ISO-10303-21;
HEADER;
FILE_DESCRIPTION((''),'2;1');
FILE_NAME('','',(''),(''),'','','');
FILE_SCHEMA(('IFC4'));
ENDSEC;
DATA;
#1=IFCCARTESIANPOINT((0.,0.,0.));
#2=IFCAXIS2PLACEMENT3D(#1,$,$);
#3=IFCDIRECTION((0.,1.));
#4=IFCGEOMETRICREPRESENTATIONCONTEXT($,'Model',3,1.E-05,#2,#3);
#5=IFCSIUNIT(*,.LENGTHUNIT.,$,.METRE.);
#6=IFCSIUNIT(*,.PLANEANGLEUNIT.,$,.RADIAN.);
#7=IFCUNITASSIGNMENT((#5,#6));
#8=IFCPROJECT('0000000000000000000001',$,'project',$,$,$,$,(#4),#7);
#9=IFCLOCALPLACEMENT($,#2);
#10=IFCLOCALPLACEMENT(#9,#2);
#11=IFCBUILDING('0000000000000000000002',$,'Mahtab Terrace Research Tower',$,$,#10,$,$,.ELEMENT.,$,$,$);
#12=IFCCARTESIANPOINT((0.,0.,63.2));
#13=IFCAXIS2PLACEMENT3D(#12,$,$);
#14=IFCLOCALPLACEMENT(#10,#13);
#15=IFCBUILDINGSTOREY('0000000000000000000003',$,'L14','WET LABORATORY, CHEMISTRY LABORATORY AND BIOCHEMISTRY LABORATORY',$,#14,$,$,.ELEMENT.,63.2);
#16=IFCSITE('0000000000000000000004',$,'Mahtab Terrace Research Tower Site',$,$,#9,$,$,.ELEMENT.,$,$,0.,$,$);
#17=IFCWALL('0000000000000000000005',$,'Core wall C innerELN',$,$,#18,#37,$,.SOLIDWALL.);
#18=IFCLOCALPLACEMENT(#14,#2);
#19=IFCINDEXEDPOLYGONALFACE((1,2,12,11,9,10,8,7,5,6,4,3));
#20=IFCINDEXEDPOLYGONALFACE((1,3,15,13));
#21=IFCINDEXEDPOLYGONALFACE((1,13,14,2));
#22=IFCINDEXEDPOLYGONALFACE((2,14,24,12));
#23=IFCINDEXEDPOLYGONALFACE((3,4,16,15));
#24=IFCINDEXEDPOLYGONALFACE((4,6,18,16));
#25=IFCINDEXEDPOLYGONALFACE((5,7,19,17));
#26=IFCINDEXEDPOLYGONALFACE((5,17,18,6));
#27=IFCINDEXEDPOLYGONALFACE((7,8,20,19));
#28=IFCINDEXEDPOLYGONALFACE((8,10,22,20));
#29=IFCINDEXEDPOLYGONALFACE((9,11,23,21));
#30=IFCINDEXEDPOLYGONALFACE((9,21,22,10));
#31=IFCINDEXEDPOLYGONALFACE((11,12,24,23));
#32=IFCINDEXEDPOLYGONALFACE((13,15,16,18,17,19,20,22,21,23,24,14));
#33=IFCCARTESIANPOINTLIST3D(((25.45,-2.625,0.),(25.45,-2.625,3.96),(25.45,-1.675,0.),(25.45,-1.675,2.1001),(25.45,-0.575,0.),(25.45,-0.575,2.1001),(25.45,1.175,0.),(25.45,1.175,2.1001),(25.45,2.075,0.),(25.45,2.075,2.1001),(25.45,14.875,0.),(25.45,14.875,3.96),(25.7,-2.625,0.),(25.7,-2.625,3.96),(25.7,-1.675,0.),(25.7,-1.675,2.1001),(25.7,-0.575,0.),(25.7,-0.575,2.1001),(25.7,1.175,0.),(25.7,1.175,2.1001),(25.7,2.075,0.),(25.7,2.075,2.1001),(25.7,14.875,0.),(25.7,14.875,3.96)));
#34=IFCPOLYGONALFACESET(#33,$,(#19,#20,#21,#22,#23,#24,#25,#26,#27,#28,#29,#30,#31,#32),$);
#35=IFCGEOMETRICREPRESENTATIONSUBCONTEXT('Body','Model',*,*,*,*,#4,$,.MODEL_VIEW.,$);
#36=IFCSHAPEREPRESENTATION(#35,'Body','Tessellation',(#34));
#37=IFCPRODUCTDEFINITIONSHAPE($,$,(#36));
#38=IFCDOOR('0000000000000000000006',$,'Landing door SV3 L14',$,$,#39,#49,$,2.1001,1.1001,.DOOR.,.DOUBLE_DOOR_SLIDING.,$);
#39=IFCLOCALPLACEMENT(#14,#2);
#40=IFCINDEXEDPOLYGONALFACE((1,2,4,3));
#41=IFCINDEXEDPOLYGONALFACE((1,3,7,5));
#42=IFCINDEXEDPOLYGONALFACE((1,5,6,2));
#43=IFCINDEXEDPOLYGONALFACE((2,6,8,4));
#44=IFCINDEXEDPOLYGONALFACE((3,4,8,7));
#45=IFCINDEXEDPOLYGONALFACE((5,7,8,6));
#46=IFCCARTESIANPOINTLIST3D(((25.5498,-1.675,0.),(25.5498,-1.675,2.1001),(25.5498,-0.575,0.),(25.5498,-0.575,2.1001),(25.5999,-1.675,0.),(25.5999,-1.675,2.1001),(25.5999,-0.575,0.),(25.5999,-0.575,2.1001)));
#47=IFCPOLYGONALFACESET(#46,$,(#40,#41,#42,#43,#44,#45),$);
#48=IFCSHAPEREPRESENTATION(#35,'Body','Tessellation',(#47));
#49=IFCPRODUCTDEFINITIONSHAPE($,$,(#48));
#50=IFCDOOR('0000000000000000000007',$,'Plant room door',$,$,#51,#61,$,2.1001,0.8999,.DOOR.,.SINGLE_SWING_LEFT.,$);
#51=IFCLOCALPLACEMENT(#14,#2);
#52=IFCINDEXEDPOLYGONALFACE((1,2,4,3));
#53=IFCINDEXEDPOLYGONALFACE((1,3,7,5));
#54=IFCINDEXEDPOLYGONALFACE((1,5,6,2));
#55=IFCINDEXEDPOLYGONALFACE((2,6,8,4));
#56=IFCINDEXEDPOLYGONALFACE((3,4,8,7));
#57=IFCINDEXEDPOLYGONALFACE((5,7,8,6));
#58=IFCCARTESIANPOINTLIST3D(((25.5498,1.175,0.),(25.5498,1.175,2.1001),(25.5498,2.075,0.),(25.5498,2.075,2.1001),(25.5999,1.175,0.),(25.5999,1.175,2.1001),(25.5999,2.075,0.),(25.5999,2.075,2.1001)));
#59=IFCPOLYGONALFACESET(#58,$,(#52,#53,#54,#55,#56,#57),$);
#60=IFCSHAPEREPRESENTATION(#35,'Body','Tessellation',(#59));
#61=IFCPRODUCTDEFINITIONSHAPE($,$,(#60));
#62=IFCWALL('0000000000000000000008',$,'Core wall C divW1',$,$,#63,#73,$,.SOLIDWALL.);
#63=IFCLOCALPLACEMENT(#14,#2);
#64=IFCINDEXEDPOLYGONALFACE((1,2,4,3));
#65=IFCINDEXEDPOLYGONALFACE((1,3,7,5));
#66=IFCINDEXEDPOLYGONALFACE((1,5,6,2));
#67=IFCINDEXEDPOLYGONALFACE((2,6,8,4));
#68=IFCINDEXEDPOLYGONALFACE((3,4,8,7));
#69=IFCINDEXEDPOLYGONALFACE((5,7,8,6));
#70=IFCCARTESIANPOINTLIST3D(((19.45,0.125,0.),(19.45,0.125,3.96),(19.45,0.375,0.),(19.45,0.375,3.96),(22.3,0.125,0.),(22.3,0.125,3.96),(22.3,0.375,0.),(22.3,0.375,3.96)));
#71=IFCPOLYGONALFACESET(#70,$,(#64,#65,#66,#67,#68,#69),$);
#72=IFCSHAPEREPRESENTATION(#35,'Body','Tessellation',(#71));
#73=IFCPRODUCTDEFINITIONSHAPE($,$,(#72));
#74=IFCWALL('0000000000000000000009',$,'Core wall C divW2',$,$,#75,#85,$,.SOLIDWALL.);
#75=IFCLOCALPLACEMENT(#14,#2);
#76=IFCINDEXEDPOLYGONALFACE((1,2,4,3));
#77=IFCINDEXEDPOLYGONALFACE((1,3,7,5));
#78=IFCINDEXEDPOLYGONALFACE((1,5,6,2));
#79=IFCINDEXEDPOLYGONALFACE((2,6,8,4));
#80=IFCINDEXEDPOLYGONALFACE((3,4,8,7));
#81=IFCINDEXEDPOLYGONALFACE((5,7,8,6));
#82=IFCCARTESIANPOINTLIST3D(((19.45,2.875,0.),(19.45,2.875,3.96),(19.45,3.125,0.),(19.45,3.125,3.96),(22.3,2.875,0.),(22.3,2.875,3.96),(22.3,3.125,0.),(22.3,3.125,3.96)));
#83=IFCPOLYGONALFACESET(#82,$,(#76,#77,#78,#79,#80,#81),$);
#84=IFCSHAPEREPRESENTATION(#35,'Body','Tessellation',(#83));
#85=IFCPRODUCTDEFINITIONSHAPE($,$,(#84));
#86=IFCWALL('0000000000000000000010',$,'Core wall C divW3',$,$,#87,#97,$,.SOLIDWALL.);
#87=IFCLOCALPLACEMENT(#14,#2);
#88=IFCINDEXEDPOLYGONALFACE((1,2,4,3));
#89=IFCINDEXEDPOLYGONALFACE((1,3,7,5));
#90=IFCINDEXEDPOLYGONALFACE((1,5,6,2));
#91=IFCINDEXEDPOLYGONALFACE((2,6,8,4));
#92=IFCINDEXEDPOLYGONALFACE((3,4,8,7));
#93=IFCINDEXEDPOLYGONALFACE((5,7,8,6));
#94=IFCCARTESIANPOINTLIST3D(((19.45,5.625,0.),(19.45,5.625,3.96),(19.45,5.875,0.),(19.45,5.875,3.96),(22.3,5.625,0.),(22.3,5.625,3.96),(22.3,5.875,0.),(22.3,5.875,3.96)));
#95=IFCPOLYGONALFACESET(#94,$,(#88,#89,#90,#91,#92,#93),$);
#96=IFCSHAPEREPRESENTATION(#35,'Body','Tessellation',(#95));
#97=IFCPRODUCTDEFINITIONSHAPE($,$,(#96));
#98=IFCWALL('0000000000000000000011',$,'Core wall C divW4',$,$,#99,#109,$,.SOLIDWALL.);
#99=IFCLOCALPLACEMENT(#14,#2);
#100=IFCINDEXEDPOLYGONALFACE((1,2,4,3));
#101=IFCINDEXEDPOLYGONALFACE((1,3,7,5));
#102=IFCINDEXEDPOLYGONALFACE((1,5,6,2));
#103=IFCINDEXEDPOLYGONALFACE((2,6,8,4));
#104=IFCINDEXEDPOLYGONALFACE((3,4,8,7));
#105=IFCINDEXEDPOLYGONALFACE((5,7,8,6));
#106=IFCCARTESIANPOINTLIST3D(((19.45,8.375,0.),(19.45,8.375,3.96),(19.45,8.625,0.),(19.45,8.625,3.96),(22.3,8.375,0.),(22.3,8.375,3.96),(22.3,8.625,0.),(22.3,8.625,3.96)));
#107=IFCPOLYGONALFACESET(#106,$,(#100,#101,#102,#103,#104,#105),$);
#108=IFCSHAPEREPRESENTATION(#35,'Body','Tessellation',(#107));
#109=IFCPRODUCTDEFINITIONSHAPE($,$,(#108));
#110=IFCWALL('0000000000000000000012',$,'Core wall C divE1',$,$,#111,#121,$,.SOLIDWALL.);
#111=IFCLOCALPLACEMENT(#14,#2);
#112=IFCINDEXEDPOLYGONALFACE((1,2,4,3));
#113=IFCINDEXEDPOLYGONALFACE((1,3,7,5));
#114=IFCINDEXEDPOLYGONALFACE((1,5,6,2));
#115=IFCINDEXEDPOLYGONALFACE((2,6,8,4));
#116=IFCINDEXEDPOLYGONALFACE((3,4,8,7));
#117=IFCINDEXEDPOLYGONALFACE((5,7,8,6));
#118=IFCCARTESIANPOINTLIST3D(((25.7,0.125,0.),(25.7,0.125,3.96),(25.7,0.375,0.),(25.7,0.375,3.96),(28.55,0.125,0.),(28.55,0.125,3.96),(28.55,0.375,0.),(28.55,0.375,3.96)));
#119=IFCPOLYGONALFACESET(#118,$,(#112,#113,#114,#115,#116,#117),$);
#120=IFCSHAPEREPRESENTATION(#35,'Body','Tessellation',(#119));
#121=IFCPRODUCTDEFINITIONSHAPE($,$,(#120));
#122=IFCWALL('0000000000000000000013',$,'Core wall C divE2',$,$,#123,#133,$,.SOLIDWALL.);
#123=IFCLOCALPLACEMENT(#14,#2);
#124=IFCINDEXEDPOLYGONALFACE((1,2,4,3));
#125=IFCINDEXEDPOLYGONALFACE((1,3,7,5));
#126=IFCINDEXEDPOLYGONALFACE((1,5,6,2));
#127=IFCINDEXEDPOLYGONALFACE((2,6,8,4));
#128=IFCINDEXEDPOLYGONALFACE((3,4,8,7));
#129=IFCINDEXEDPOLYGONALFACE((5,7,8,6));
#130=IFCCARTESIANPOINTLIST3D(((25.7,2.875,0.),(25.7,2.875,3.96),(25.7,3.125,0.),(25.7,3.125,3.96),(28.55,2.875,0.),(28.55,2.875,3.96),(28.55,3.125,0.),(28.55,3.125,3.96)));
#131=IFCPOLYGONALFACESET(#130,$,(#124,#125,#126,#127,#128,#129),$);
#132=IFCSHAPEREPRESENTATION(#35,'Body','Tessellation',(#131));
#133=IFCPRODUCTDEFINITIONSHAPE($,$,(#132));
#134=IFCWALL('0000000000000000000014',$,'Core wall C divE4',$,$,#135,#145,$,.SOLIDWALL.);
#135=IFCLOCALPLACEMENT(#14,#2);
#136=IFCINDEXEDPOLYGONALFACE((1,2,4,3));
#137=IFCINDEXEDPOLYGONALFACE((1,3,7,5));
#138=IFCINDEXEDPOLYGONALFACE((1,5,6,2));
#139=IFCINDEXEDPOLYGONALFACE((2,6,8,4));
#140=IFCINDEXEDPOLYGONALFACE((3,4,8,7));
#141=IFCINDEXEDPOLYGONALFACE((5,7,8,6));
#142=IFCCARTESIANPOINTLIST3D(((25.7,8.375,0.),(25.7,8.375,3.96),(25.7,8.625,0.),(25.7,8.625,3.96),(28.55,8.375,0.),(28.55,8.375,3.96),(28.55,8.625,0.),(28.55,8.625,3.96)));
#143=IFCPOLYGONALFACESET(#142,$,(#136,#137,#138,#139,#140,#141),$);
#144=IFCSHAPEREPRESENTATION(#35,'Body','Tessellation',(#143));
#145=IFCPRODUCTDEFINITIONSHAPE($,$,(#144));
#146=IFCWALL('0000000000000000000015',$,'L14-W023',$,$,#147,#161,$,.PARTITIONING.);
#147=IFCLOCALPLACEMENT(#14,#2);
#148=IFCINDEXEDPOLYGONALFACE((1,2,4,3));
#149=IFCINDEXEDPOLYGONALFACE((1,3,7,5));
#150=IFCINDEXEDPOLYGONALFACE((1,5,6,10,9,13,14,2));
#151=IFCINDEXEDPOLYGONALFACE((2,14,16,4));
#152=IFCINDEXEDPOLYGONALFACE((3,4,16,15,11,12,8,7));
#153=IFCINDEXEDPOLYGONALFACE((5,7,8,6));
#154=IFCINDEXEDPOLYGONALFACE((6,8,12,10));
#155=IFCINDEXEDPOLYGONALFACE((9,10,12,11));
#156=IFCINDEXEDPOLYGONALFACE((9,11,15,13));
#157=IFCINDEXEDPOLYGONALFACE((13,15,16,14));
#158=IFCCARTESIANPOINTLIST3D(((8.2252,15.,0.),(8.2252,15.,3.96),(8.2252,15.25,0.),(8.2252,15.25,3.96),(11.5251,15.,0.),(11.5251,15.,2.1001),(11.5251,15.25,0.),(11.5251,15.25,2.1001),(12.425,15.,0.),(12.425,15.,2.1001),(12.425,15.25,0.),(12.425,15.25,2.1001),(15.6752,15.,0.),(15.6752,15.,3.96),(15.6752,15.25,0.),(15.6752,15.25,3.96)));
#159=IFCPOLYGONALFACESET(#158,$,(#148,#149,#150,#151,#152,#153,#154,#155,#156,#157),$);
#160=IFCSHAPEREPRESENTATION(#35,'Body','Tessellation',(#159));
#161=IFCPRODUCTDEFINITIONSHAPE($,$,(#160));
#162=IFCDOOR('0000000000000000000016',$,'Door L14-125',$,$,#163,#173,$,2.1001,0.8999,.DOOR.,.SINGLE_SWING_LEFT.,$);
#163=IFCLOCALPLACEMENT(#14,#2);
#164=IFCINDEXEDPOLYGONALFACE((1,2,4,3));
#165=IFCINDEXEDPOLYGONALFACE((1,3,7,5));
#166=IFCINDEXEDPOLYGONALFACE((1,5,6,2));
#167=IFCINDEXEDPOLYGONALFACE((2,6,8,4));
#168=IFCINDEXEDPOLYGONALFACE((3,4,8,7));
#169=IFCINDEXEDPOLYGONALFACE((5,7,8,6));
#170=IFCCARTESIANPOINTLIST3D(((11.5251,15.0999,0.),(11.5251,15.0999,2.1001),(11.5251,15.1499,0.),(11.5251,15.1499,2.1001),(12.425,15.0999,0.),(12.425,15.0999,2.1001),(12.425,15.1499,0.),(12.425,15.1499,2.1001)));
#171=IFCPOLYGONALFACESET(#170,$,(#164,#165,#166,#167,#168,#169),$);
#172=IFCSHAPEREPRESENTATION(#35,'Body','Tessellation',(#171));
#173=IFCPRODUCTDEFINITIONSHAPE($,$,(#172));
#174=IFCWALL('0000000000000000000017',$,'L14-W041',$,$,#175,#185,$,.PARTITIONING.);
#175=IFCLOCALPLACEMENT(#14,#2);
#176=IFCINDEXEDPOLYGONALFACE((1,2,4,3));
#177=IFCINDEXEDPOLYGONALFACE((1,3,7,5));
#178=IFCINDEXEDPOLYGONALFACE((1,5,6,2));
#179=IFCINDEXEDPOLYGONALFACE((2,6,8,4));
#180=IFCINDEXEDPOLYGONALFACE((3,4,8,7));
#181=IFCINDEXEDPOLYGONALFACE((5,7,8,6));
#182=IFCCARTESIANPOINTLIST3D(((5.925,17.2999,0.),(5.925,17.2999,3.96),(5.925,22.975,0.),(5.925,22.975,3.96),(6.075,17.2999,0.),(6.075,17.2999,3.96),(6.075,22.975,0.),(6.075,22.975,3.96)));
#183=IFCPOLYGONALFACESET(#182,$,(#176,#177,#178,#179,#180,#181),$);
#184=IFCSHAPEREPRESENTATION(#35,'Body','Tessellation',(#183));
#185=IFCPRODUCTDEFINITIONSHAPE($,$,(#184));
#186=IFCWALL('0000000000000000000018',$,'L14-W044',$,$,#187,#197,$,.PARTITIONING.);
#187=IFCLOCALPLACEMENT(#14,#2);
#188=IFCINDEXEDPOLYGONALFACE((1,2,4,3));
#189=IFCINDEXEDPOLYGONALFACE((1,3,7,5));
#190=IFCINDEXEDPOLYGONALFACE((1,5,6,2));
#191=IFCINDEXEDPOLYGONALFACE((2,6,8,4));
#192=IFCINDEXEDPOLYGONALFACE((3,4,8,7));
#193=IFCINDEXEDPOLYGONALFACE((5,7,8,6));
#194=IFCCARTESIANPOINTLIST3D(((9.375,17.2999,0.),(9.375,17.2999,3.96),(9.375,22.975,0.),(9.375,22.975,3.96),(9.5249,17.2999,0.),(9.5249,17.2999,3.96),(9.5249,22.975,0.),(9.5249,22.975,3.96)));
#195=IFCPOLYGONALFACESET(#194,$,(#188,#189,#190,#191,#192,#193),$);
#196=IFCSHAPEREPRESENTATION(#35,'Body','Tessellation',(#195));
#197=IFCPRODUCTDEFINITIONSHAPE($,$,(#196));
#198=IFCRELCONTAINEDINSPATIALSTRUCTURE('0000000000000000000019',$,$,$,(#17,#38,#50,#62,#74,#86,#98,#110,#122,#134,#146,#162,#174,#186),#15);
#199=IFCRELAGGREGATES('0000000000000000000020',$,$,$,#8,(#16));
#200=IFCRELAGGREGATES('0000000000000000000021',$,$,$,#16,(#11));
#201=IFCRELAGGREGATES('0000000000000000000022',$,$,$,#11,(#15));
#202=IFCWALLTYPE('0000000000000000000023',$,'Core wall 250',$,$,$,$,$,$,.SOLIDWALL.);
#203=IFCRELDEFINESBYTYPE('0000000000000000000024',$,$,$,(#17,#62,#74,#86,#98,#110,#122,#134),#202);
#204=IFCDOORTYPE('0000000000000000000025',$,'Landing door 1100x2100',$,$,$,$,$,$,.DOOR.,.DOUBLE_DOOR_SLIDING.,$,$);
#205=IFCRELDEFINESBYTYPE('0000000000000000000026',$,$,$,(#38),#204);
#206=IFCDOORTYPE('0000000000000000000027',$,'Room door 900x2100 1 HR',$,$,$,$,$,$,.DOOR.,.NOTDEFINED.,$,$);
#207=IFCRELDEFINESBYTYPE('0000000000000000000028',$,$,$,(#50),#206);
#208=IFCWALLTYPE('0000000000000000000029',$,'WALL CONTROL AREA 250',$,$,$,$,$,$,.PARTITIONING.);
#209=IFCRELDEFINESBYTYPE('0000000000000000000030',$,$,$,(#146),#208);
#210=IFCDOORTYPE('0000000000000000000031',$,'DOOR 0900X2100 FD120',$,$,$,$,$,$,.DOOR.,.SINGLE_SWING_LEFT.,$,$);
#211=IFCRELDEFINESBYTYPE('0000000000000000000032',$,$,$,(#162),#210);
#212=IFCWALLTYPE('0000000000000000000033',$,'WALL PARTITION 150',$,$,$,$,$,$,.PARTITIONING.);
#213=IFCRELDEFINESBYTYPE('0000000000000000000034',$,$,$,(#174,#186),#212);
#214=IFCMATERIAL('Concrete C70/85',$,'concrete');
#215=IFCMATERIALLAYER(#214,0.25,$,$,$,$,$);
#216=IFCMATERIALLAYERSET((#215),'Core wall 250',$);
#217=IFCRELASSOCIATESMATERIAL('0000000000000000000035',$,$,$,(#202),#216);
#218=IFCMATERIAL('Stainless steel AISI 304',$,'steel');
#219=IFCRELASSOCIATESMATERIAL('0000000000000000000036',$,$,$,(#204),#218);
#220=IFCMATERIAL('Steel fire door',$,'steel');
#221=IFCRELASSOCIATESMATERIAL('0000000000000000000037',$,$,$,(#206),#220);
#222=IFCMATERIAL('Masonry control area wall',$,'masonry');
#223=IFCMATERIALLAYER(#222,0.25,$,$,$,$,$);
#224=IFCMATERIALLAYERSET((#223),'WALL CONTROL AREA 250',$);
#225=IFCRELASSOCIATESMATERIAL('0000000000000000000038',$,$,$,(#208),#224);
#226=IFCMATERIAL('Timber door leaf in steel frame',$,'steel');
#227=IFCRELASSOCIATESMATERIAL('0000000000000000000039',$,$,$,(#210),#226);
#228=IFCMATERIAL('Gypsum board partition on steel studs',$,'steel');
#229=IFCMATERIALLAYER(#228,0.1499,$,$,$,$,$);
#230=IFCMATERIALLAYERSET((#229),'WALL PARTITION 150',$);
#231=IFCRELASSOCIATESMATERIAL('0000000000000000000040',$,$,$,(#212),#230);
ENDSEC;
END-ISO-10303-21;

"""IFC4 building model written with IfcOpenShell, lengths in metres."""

from ifc_helpers import new_model, si_unit, direction, frame, frame_2d, origin, place, context, subcontext, project, spatial, rectangle, extrude, material, layer, layer_set, type_object, element, fill, save


model = new_model("IFC4")

# Units and contexts
model_context = context("Model", 3, precision=1e-05, world=origin(), true_north=direction((0.0, 1.0)))
body_context = subcontext(model_context, "Body", "Model", "MODEL_VIEW")
ifc_project = project(units=[si_unit("LENGTHUNIT", "METRE"), si_unit("PLANEANGLEUNIT", "RADIAN")], contexts=[model_context])

# Site, building, storey
site_placement = place(None, origin())
site = spatial("IfcSite", under=ifc_project, at=site_placement, Name="Mahtab Terrace Research Tower Site", CompositionType="ELEMENT", RefElevation=0.0)
building_placement = place(site_placement, origin())
building = spatial("IfcBuilding", under=site, at=building_placement, Name="Mahtab Terrace Research Tower", CompositionType="ELEMENT")
storey_placement = place(building_placement, frame((0.0, 0.0, 63.2)))
storey = spatial("IfcBuildingStorey", under=building, at=storey_placement, Name="L14", Description="WET LABORATORY, CHEMISTRY LABORATORY AND BIOCHEMISTRY LABORATORY", CompositionType="ELEMENT", Elevation=63.2)

# Shared definitions
ifc_material_1 = material(Name="Concrete C70/85", Category="concrete")

# Shared definitions
ifc_layer_1 = layer(ifc_material_1, 0.25)
ifc_layer_set_1 = layer_set([ifc_layer_1], Name="Core wall 250")
wall_type_1 = type_object("IfcWallType", Name="Core wall 250", PredefinedType="SOLIDWALL", material=ifc_layer_set_1)

# Shared definitions
ifc_material_2 = material(Name="Steel fire door", Category="steel")

# Wall, openings, doors
wall_1_placement = place(storey_placement, frame((25.575, 14.875, 0.0), z_axis=(0.0, 0.0, 1.0), x_axis=(0.0, -1.0, 0.0)))
wall_1 = element("IfcWall", 1, at=wall_1_placement, inside=storey, type_object=wall_type_1, Name="Core wall C innerELN", PredefinedType="SOLIDWALL", context=body_context, shape_type="SweptSolid", body=[
    extrude(rectangle(XDim=17.5, YDim=0.25, at=frame_2d((8.75, 0.0))), origin(), (0.0, 0.0, 1.0), 3.96),
])
opening_1_placement = place(wall_1_placement, frame((15.45, 0.0, 0.0)))
opening_1 = element("IfcOpeningElement", 2, at=opening_1_placement, cuts=wall_1, PredefinedType="OPENING", context=body_context, shape_type="SweptSolid", body=[
    extrude(rectangle(XDim=1.1001, YDim=2.1001, at=frame_2d((0.55, 1.05))), frame((0.0, 0.135, 0.0), z_axis=(0.0, -1.0, 0.0), x_axis=(1.0, 0.0, 0.0)), (0.0, 0.0, 1.0), 0.27),
])
opening_2_placement = place(wall_1_placement, frame((12.8, 0.0, 0.0)))
opening_2 = element("IfcOpeningElement", 3, at=opening_2_placement, cuts=wall_1, PredefinedType="OPENING", context=body_context, shape_type="SweptSolid", body=[
    extrude(rectangle(XDim=0.8999, YDim=2.1001, at=frame_2d((0.45, 1.05))), frame((0.0, 0.135, 0.0), z_axis=(0.0, -1.0, 0.0), x_axis=(1.0, 0.0, 0.0)), (0.0, 0.0, 1.0), 0.27),
])
ifc_material_3 = material(Name="Stainless steel AISI 304", Category="steel")
door_type_1 = type_object("IfcDoorType", Name="Landing door 1100x2100", OperationType="DOUBLE_DOOR_SLIDING", PredefinedType="DOOR", material=ifc_material_3)
door_1_placement = place(opening_1_placement, origin())
door_1 = element("IfcDoor", 4, at=door_1_placement, inside=storey, type_object=door_type_1, Name="Landing door SV3 L14", OperationType="DOUBLE_DOOR_SLIDING", OverallHeight=2.1001, OverallWidth=1.1001, PredefinedType="DOOR", context=body_context, shape_type="SweptSolid", body=[
    extrude(rectangle(XDim=1.1001, YDim=2.1001, at=frame_2d((0.55, 1.05))), frame((0.0, 0.0249, 0.0), z_axis=(0.0, -1.0, 0.0), x_axis=(1.0, 0.0, 0.0)), (0.0, 0.0, 1.0), 0.05),
])
fill(opening_1, door_1)
door_type_2 = type_object("IfcDoorType", Name="Room door 900x2100 1 HR", OperationType="NOTDEFINED", PredefinedType="DOOR", material=ifc_material_2)
door_2_placement = place(opening_2_placement, origin())
door_2 = element("IfcDoor", 5, at=door_2_placement, inside=storey, type_object=door_type_2, Name="Plant room door", OperationType="SINGLE_SWING_LEFT", OverallHeight=2.1001, OverallWidth=0.8999, PredefinedType="DOOR", context=body_context, shape_type="SweptSolid", body=[
    extrude(rectangle(XDim=0.8999, YDim=2.1001, at=frame_2d((0.45, 1.05))), frame((0.0, 0.0249, 0.0), z_axis=(0.0, -1.0, 0.0), x_axis=(1.0, 0.0, 0.0)), (0.0, 0.0, 1.0), 0.05),
])
fill(opening_2, door_2)

# Walls
for number, where, z_axis, x_axis, name in (
    (6, (19.45, 0.25, 0.0), (0.0, 0.0, 1.0), (1.0, 0.0, 0.0), "Core wall C divW1"),
    (7, (19.45, 3.0, 0.0), (0.0, 0.0, 1.0), (1.0, 0.0, 0.0), "Core wall C divW2"),
    (8, (19.45, 5.75, 0.0), (0.0, 0.0, 1.0), (1.0, 0.0, 0.0), "Core wall C divW3"),
    (9, (19.45, 8.5, 0.0), (0.0, 0.0, 1.0), (1.0, 0.0, 0.0), "Core wall C divW4"),
    (10, (25.7, 0.25, 0.0), (0.0, 0.0, 1.0), (1.0, 0.0, 0.0), "Core wall C divE1"),
    (11, (25.7, 3.0, 0.0), (0.0, 0.0, 1.0), (1.0, 0.0, 0.0), "Core wall C divE2"),
    (12, (25.7, 8.5, 0.0), (0.0, 0.0, 1.0), (1.0, 0.0, 0.0), "Core wall C divE4"),
):
    element("IfcWall", number, at=place(storey_placement, frame(where, z_axis=z_axis, x_axis=x_axis)), inside=storey, type_object=wall_type_1, Name=name, PredefinedType="SOLIDWALL", context=body_context, shape_type="SweptSolid", body=[
        extrude(rectangle(XDim=2.8501, YDim=0.25, at=frame_2d((1.425, 0.0))), origin(), (0.0, 0.0, 1.0), 3.96),
    ])

# Wall, opening, door
ifc_material_4 = material(Name="Masonry control area wall", Category="masonry")
ifc_layer_2 = layer(ifc_material_4, 0.25)
ifc_layer_set_2 = layer_set([ifc_layer_2], Name="WALL CONTROL AREA 250")
wall_type_2 = type_object("IfcWallType", Name="WALL CONTROL AREA 250", PredefinedType="PARTITIONING", material=ifc_layer_set_2)
wall_2_placement = place(storey_placement, frame((8.2251, 15.125, 0.0), z_axis=(0.0, 0.0, 1.0), x_axis=(1.0, 0.0, 0.0)))
wall_2 = element("IfcWall", 13, at=wall_2_placement, inside=storey, type_object=wall_type_2, Name="L14-W023", PredefinedType="PARTITIONING", context=body_context, shape_type="SweptSolid", body=[
    extrude(rectangle(XDim=7.45, YDim=0.25, at=frame_2d((3.7251, 0.0))), origin(), (0.0, 0.0, 1.0), 3.96),
])
opening_3_placement = place(wall_2_placement, frame((3.3, 0.0, 0.0)))
opening_3 = element("IfcOpeningElement", 14, at=opening_3_placement, cuts=wall_2, PredefinedType="OPENING", context=body_context, shape_type="SweptSolid", body=[
    extrude(rectangle(XDim=0.8999, YDim=2.1001, at=frame_2d((0.45, 1.05))), frame((0.0, 0.135, 0.0), z_axis=(0.0, -1.0, 0.0), x_axis=(1.0, 0.0, 0.0)), (0.0, 0.0, 1.0), 0.27),
])
ifc_material_5 = material(Name="Timber door leaf in steel frame", Category="steel")
door_type_3 = type_object("IfcDoorType", Name="DOOR 0900X2100 FD120", OperationType="SINGLE_SWING_LEFT", PredefinedType="DOOR", material=ifc_material_5)
door_3_placement = place(opening_3_placement, origin())
door_3 = element("IfcDoor", 15, at=door_3_placement, inside=storey, type_object=door_type_3, Name="Door L14-125", OperationType="SINGLE_SWING_LEFT", OverallHeight=2.1001, OverallWidth=0.8999, PredefinedType="DOOR", context=body_context, shape_type="SweptSolid", body=[
    extrude(rectangle(XDim=0.8999, YDim=2.1001, at=frame_2d((0.45, 1.05))), frame((0.0, 0.0249, 0.0), z_axis=(0.0, -1.0, 0.0), x_axis=(1.0, 0.0, 0.0)), (0.0, 0.0, 1.0), 0.05),
])
fill(opening_3, door_3)

# Walls
ifc_material_6 = material(Name="Gypsum board partition on steel studs", Category="steel")
ifc_layer_3 = layer(ifc_material_6, 0.1499)
ifc_layer_set_3 = layer_set([ifc_layer_3], Name="WALL PARTITION 150")
wall_type_3 = type_object("IfcWallType", Name="WALL PARTITION 150", PredefinedType="PARTITIONING", material=ifc_layer_set_3)
for number, where, z_axis, x_axis, name in (
    (16, (6.0, 17.3, 0.0), (0.0, 0.0, 1.0), (0.0, 1.0, 0.0), "L14-W041"),
    (17, (9.45, 17.3, 0.0), (0.0, 0.0, 1.0), (0.0, 1.0, 0.0), "L14-W044"),
):
    element("IfcWall", number, at=place(storey_placement, frame(where, z_axis=z_axis, x_axis=x_axis)), inside=storey, type_object=wall_type_3, Name=name, PredefinedType="PARTITIONING", context=body_context, shape_type="SweptSolid", body=[
        extrude(rectangle(XDim=5.675, YDim=0.1499, at=frame_2d((2.8374, 0.0))), origin(), (0.0, 0.0, 1.0), 3.96),
    ])

save(model, "model.ifc")
